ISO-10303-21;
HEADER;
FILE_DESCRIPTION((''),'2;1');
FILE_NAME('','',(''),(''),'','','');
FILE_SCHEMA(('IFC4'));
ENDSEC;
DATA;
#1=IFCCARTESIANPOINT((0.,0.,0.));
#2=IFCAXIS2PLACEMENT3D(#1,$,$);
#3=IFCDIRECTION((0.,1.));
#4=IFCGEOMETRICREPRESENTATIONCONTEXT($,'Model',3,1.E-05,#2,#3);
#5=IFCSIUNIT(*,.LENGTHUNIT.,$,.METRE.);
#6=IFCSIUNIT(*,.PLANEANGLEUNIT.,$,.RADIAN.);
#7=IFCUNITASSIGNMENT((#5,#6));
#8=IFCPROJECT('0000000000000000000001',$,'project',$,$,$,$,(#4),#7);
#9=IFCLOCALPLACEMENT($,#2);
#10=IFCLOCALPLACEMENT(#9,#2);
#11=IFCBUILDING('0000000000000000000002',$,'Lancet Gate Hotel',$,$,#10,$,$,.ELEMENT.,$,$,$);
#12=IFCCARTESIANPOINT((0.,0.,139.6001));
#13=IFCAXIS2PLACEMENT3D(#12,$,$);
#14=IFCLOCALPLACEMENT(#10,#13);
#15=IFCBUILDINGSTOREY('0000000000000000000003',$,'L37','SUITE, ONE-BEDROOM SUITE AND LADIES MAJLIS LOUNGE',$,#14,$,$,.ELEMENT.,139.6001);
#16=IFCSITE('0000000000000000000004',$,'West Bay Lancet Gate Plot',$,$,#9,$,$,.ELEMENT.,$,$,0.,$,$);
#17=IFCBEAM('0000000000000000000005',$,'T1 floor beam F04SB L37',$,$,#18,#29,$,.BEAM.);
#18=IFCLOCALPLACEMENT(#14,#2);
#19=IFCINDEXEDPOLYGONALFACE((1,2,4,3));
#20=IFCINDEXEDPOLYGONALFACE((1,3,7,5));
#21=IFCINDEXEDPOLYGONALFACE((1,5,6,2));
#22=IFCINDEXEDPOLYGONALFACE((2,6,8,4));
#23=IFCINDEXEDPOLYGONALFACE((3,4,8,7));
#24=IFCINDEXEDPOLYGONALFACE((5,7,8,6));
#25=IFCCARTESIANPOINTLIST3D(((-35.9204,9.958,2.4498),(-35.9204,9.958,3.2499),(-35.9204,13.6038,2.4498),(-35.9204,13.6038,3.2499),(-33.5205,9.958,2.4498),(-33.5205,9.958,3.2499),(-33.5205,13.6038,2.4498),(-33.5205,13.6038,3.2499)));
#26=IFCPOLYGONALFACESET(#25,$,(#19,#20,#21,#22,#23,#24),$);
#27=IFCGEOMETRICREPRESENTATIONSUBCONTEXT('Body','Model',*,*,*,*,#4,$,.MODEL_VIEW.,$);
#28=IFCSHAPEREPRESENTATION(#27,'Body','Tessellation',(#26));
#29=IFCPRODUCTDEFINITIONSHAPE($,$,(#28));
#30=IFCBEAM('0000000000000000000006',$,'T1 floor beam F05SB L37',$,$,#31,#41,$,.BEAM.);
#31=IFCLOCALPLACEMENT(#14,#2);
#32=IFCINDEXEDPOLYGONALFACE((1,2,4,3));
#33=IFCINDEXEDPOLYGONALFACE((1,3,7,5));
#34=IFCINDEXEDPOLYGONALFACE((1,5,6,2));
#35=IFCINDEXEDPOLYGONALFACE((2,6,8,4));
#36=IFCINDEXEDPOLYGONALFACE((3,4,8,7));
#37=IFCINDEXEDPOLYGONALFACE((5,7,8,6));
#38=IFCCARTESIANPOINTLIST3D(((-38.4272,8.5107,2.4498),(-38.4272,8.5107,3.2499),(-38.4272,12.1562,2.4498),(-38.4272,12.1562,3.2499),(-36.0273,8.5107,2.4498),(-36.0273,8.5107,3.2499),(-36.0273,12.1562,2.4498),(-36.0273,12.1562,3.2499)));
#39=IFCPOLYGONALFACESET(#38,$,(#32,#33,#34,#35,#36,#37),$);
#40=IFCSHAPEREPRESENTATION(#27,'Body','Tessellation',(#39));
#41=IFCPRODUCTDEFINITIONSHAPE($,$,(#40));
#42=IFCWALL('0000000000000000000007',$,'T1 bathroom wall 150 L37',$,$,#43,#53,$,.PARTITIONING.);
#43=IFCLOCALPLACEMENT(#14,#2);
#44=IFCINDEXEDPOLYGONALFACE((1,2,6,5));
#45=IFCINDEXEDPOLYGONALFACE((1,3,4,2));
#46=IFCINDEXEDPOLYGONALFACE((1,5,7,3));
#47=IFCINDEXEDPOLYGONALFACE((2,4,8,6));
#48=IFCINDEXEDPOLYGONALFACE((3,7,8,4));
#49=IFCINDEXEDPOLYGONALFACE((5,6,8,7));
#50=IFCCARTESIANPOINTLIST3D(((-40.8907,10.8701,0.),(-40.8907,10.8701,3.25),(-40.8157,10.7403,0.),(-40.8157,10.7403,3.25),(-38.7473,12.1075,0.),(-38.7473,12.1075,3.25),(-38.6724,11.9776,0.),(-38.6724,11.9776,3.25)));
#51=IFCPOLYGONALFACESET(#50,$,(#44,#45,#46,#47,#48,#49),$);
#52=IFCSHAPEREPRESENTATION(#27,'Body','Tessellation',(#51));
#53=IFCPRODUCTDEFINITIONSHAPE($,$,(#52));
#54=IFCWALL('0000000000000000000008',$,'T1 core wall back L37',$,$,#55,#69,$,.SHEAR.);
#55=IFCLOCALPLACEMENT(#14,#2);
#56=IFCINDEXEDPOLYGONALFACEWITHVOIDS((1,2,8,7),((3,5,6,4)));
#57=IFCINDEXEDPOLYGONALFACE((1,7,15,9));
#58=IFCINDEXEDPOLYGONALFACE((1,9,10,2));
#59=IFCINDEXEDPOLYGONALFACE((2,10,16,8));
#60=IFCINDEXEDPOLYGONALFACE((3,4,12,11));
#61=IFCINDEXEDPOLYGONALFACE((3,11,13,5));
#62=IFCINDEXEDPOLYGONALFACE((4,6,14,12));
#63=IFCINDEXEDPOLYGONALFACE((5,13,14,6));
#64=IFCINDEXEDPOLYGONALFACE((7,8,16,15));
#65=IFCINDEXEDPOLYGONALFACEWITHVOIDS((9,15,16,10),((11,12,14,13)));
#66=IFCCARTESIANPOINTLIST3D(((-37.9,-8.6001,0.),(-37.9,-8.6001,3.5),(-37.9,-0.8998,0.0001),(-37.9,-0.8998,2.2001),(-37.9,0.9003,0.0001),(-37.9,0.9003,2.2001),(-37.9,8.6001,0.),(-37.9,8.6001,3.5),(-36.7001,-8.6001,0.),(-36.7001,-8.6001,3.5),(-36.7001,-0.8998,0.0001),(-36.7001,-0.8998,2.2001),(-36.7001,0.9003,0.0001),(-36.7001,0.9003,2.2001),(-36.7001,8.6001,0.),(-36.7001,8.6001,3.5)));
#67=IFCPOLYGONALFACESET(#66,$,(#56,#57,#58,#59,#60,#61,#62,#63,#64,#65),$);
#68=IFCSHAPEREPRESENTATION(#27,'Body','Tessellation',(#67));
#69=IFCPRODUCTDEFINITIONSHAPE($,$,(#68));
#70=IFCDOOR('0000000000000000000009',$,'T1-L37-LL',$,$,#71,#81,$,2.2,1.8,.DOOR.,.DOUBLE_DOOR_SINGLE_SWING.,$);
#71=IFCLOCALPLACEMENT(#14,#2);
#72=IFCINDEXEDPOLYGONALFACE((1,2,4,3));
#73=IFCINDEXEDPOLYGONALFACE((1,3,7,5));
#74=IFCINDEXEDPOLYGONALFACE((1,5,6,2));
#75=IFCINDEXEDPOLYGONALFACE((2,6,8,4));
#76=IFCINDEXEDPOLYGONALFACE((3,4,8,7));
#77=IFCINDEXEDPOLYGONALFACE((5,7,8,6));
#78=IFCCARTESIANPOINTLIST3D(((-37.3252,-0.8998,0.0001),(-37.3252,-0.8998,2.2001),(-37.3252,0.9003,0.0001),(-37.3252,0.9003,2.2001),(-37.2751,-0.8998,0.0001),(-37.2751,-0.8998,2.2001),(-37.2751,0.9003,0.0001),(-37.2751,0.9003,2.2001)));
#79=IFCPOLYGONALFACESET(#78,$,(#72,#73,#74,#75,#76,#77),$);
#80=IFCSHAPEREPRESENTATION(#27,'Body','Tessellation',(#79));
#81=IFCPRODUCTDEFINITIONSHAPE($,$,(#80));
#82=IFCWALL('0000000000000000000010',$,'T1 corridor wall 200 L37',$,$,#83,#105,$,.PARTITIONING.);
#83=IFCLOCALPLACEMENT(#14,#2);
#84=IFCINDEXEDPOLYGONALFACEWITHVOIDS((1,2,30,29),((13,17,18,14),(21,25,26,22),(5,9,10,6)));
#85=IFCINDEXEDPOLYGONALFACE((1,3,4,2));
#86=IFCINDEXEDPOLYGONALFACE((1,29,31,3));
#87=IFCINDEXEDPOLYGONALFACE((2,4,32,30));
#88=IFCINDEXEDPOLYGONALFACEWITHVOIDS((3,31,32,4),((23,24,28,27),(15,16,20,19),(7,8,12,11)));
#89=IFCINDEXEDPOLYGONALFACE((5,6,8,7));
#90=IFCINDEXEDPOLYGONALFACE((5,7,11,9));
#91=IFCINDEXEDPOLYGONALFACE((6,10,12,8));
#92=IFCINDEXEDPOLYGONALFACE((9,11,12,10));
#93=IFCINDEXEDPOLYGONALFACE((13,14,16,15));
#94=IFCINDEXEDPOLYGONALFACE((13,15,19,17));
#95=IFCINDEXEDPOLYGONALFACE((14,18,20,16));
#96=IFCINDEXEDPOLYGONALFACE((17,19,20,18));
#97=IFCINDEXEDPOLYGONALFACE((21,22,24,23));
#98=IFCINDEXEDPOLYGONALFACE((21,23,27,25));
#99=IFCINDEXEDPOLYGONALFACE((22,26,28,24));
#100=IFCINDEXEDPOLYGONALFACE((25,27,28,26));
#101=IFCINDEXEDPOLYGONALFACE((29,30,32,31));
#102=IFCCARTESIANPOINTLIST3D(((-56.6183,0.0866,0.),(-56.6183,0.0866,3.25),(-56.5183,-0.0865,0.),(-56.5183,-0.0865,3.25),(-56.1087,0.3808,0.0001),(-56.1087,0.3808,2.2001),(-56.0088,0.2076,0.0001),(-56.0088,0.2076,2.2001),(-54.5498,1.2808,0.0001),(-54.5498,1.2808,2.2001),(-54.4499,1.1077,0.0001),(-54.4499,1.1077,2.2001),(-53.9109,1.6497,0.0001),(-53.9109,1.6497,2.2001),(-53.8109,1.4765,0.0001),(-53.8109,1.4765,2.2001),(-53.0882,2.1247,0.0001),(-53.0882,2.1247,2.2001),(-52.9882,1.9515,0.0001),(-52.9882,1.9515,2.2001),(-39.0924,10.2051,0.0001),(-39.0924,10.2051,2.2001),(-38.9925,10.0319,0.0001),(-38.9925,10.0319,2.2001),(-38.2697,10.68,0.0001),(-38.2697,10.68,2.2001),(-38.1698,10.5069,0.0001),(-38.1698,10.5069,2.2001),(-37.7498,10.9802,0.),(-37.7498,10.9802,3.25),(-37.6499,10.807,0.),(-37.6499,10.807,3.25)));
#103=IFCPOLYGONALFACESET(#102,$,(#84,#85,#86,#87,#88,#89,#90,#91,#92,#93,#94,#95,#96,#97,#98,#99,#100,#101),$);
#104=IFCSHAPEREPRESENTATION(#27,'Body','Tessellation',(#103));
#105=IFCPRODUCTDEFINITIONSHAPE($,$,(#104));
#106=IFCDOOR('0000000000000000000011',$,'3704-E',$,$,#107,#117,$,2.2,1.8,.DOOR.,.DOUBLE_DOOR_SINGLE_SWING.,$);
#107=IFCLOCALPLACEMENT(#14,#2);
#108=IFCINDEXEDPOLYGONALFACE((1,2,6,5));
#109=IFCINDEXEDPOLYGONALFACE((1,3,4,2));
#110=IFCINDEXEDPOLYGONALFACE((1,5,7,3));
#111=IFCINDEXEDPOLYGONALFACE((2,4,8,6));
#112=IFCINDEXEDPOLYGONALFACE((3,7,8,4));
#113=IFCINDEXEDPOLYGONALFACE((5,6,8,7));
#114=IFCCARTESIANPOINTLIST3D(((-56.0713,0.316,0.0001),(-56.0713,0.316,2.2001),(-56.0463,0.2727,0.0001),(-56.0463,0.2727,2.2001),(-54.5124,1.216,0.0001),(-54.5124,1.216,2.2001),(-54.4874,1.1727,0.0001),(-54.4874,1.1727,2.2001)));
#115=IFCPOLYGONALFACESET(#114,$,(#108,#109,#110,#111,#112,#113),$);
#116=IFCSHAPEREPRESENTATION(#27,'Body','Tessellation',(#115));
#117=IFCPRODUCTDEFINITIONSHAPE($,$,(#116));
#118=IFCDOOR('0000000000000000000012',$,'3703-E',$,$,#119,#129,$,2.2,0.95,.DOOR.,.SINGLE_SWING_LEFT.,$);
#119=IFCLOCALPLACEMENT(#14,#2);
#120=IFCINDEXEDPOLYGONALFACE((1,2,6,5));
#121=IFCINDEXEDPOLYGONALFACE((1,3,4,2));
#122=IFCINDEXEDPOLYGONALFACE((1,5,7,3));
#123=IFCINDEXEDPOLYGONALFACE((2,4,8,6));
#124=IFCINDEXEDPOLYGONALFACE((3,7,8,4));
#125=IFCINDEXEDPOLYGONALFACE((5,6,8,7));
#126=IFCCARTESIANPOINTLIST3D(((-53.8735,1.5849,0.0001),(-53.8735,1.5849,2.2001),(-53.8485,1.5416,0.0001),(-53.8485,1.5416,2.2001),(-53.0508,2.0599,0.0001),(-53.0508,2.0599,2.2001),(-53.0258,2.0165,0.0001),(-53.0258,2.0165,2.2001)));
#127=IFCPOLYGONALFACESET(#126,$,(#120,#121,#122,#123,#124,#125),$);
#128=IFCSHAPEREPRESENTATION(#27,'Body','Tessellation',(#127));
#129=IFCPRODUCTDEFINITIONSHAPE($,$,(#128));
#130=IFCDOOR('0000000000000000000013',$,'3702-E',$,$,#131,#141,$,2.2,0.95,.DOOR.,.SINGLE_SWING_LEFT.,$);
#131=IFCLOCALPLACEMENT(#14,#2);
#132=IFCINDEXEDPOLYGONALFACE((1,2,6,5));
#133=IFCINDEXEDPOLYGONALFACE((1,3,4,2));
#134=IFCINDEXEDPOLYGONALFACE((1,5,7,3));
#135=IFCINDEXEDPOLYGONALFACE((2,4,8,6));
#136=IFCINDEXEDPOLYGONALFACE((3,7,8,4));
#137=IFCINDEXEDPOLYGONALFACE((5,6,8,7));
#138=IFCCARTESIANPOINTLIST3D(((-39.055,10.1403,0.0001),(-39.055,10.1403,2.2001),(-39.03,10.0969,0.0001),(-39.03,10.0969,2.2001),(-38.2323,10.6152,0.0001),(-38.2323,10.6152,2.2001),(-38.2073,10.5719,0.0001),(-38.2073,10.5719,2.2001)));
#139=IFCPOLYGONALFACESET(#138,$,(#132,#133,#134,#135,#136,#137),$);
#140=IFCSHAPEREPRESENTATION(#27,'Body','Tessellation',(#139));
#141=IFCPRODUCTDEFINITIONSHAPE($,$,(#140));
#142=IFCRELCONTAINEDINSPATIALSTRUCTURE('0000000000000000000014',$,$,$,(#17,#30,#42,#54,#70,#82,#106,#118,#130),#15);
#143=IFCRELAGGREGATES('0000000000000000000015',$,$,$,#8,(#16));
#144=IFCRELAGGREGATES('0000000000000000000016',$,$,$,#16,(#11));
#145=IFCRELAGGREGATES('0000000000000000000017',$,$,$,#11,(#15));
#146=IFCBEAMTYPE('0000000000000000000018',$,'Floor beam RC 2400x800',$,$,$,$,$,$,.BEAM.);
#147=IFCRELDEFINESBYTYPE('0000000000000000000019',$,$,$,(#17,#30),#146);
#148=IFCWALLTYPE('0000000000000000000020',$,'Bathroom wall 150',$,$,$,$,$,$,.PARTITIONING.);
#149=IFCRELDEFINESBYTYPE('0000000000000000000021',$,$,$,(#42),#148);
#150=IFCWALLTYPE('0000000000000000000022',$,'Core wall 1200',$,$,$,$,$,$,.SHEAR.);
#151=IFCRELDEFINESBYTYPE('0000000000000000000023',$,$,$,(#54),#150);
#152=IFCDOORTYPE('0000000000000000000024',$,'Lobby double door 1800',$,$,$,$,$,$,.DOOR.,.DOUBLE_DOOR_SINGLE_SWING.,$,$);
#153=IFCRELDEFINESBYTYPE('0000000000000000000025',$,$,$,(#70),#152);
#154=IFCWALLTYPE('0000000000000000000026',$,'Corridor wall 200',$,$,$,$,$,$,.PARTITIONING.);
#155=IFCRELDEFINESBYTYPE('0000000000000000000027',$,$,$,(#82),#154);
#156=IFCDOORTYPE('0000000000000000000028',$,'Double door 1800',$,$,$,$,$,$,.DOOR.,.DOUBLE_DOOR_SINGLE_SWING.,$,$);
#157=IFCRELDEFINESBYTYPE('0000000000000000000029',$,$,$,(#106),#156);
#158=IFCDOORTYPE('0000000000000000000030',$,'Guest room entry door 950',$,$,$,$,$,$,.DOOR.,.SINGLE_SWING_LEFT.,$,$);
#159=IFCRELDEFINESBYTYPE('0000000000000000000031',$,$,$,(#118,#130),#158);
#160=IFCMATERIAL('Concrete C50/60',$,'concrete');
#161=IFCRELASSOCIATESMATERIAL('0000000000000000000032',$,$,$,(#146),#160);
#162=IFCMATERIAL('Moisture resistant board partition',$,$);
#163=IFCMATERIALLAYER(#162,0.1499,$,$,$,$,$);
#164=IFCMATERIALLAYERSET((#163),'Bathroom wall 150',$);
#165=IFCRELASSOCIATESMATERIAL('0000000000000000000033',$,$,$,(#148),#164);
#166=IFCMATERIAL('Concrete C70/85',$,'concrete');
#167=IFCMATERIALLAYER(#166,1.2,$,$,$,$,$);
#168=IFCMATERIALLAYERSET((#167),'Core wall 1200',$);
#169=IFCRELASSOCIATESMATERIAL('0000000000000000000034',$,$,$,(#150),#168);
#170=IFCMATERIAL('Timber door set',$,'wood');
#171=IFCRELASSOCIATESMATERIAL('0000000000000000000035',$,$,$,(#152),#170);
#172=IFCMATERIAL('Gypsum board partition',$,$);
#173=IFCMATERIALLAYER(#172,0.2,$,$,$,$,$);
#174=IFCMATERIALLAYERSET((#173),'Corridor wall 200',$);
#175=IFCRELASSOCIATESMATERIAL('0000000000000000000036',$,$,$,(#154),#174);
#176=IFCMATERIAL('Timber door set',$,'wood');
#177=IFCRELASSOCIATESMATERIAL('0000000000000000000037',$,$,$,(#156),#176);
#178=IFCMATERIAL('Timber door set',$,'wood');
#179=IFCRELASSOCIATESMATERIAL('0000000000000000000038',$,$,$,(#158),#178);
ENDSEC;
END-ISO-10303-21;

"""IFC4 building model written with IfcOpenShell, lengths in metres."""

from ifc_helpers import new_model, si_unit, direction, frame, frame_2d, origin, origin_2d, place, context, subcontext, project, spatial, rectangle, extrude, material, layer, layer_set, material_profile, profile_set, type_object, element, fill, save


model = new_model("IFC4")

# Units and contexts
model_context = context("Model", 3, precision=1e-05, world=origin(), true_north=direction((0.0, 1.0)))
body_context = subcontext(model_context, "Body", "Model", "MODEL_VIEW")
ifc_project = project(units=[si_unit("LENGTHUNIT", "METRE"), si_unit("PLANEANGLEUNIT", "RADIAN")], contexts=[model_context])

# Site, building, storey
site_placement = place(None, origin())
site = spatial("IfcSite", under=ifc_project, at=site_placement, Name="West Bay Lancet Gate Plot", CompositionType="ELEMENT", RefElevation=0.0)
building_placement = place(site_placement, origin())
building = spatial("IfcBuilding", under=site, at=building_placement, Name="Lancet Gate Hotel", CompositionType="ELEMENT")
storey_placement = place(building_placement, frame((0.0, 0.0, 139.6001)))
storey = spatial("IfcBuildingStorey", under=building, at=storey_placement, Name="L37", Description="SUITE, ONE-BEDROOM SUITE AND LADIES MAJLIS LOUNGE", CompositionType="ELEMENT", Elevation=139.6001)

# Beams
ifc_material_1 = material(Name="Concrete C50/60", Category="concrete")
ifc_material_profile = material_profile(ifc_material_1, rectangle(XDim=2.3999, YDim=0.8, at=origin_2d()), Name="RC 2400x800")
ifc_profile_set = profile_set([ifc_material_profile], Name="Concrete C50/60")
beam_type = type_object("IfcBeamType", Name="Floor beam RC 2400x800", PredefinedType="BEAM", material=ifc_profile_set)
beam_1_placement = place(storey_placement, frame((-34.7205, 13.6038, 2.8499), z_axis=(0.0, -1.0, 0.0), x_axis=(1.0, 0.0, 0.0)))
element("IfcBeam", 1, at=beam_1_placement, inside=storey, type_object=beam_type, Name="T1 floor beam F04SB L37", PredefinedType="BEAM", context=body_context, shape_type="SweptSolid", body=[
    extrude(rectangle(XDim=2.3999, YDim=0.8, at=origin_2d()), origin(), (0.0, 0.0, 1.0), 3.6458),
])
beam_2_placement = place(storey_placement, frame((-37.2273, 12.1562, 2.8499), z_axis=(0.0, -1.0, 0.0), x_axis=(1.0, 0.0, 0.0)))
element("IfcBeam", 2, at=beam_2_placement, inside=storey, type_object=beam_type, Name="T1 floor beam F05SB L37", PredefinedType="BEAM", context=body_context, shape_type="SweptSolid", body=[
    extrude(rectangle(XDim=2.3999, YDim=0.8, at=origin_2d()), origin(), (0.0, 0.0, 1.0), 3.6455),
])

# Wall
ifc_material_2 = material(Name="Moisture resistant board partition")
ifc_layer_1 = layer(ifc_material_2, 0.1499)
ifc_layer_set_1 = layer_set([ifc_layer_1], Name="Bathroom wall 150")
wall_type_1 = type_object("IfcWallType", Name="Bathroom wall 150", PredefinedType="PARTITIONING", material=ifc_layer_set_1)
wall_1_placement = place(storey_placement, frame((-38.71, 12.0425, 0.0), z_axis=(0.0, 0.0, 1.0), x_axis=(-0.866049, -0.499959, 0.0)))
element("IfcWall", 3, at=wall_1_placement, inside=storey, type_object=wall_type_1, Name="T1 bathroom wall 150 L37", PredefinedType="PARTITIONING", context=body_context, shape_type="SweptSolid", body=[
    extrude(rectangle(XDim=2.4749, YDim=0.1499, at=frame_2d((1.2373, 0.0))), origin(), (0.0, 0.0, 1.0), 3.25),
])

# Wall, opening, door
ifc_material_3 = material(Name="Concrete C70/85", Category="concrete")
ifc_layer_2 = layer(ifc_material_3, 1.2)
ifc_layer_set_2 = layer_set([ifc_layer_2], Name="Core wall 1200")
wall_type_2 = type_object("IfcWallType", Name="Core wall 1200", PredefinedType="SHEAR", material=ifc_layer_set_2)
wall_2_placement = place(storey_placement, frame((-37.3, 8.6001, 0.0), z_axis=(0.0, 0.0, 1.0), x_axis=(0.0, -1.0, 0.0)))
wall_2 = element("IfcWall", 4, at=wall_2_placement, inside=storey, type_object=wall_type_2, Name="T1 core wall back L37", PredefinedType="SHEAR", context=body_context, shape_type="SweptSolid", body=[
    extrude(rectangle(XDim=17.2002, YDim=1.2, at=frame_2d((8.6001, 0.0))), origin(), (0.0, 0.0, 1.0), 3.5),
])
opening_1_placement = place(wall_2_placement, frame((7.7, 0.0, 0.0)))
opening_1 = element("IfcOpeningElement", 5, at=opening_1_placement, cuts=wall_2, PredefinedType="OPENING", context=body_context, shape_type="SweptSolid", body=[
    extrude(rectangle(XDim=1.8, YDim=2.2, at=frame_2d((0.8999, 1.1001))), frame((0.0, 0.6099, 0.0), z_axis=(0.0, -1.0, 0.0), x_axis=(1.0, 0.0, 0.0)), (0.0, 0.0, 1.0), 1.22),
])
ifc_material_4 = material(Name="Timber door set", Category="wood")
door_type_1 = type_object("IfcDoorType", Name="Lobby double door 1800", OperationType="DOUBLE_DOOR_SINGLE_SWING", PredefinedType="DOOR", material=ifc_material_4)
door_1_placement = place(opening_1_placement, origin())
door_1 = element("IfcDoor", 6, at=door_1_placement, inside=storey, type_object=door_type_1, Name="T1-L37-LL", OperationType="DOUBLE_DOOR_SINGLE_SWING", OverallHeight=2.2, OverallWidth=1.8, PredefinedType="DOOR", context=body_context, shape_type="SweptSolid", body=[
    extrude(rectangle(XDim=1.8, YDim=2.2, at=frame_2d((0.8999, 1.1001))), frame((0.0, 0.0249, 0.0), z_axis=(0.0, -1.0, 0.0), x_axis=(1.0, 0.0, 0.0)), (0.0, 0.0, 1.0), 0.05),
])
fill(opening_1, door_1)

# Wall, openings, doors
ifc_material_5 = material(Name="Gypsum board partition")
ifc_layer_3 = layer(ifc_material_5, 0.2)
ifc_layer_set_3 = layer_set([ifc_layer_3], Name="Corridor wall 200")
wall_type_3 = type_object("IfcWallType", Name="Corridor wall 200", PredefinedType="PARTITIONING", material=ifc_layer_set_3)
wall_3_placement = place(storey_placement, frame((-37.7, 10.8936, 0.0), z_axis=(0.0, 0.0, 1.0), x_axis=(-0.866028, -0.499996, 0.0)))
wall_3 = element("IfcWall", 7, at=wall_3_placement, inside=storey, type_object=wall_type_3, Name="T1 corridor wall 200 L37", PredefinedType="PARTITIONING", context=body_context, shape_type="SweptSolid", body=[
    extrude(rectangle(XDim=21.7874, YDim=0.2, at=frame_2d((10.8936, 0.0))), origin(), (0.0, 0.0, 1.0), 3.25),
])
opening_2_placement = place(wall_3_placement, frame((17.7109, 0.0, 0.0)))
opening_2 = element("IfcOpeningElement", 8, at=opening_2_placement, cuts=wall_3, PredefinedType="OPENING", context=body_context, shape_type="SweptSolid", body=[
    extrude(rectangle(XDim=0.95, YDim=2.2, at=frame_2d((0.4751, 1.1001))), frame((0.0, 0.1099, 0.0), z_axis=(0.0, -1.0, 0.0), x_axis=(1.0, 0.0, 0.0)), (0.0, 0.0, 1.0), 0.22),
])
opening_3_placement = place(wall_3_placement, frame((19.3989, 0.0, 0.0)))
opening_3 = element("IfcOpeningElement", 9, at=opening_3_placement, cuts=wall_3, PredefinedType="OPENING", context=body_context, shape_type="SweptSolid", body=[
    extrude(rectangle(XDim=1.8, YDim=2.2, at=frame_2d((0.8999, 1.1001))), frame((0.0, 0.1099, 0.0), z_axis=(0.0, -1.0, 0.0), x_axis=(1.0, 0.0, 0.0)), (0.0, 0.0, 1.0), 0.22),
])
opening_4_placement = place(wall_3_placement, frame((0.6001, 0.0, 0.0)))
opening_4 = element("IfcOpeningElement", 10, at=opening_4_placement, cuts=wall_3, PredefinedType="OPENING", context=body_context, shape_type="SweptSolid", body=[
    extrude(rectangle(XDim=0.95, YDim=2.2, at=frame_2d((0.4751, 1.1001))), frame((0.0, 0.1099, 0.0), z_axis=(0.0, -1.0, 0.0), x_axis=(1.0, 0.0, 0.0)), (0.0, 0.0, 1.0), 0.22),
])
ifc_material_6 = material(Name="Timber door set", Category="wood")
door_type_2 = type_object("IfcDoorType", Name="Double door 1800", OperationType="DOUBLE_DOOR_SINGLE_SWING", PredefinedType="DOOR", material=ifc_material_6)
door_2_placement = place(opening_3_placement, origin())
door_2 = element("IfcDoor", 11, at=door_2_placement, inside=storey, type_object=door_type_2, Name="3704-E", OperationType="DOUBLE_DOOR_SINGLE_SWING", OverallHeight=2.2, OverallWidth=1.8, PredefinedType="DOOR", context=body_context, shape_type="SweptSolid", body=[
    extrude(rectangle(XDim=1.8, YDim=2.2, at=frame_2d((0.8999, 1.1001))), frame((0.0, 0.0249, 0.0), z_axis=(0.0, -1.0, 0.0), x_axis=(1.0, 0.0, 0.0)), (0.0, 0.0, 1.0), 0.05),
])
fill(opening_3, door_2)
ifc_material_7 = material(Name="Timber door set", Category="wood")
door_type_3 = type_object("IfcDoorType", Name="Guest room entry door 950", OperationType="SINGLE_SWING_LEFT", PredefinedType="DOOR", material=ifc_material_7)
door_3_placement = place(opening_2_placement, origin())
door_3 = element("IfcDoor", 12, at=door_3_placement, inside=storey, type_object=door_type_3, Name="3703-E", OperationType="SINGLE_SWING_LEFT", OverallHeight=2.2, OverallWidth=0.95, PredefinedType="DOOR", context=body_context, shape_type="SweptSolid", body=[
    extrude(rectangle(XDim=0.95, YDim=2.2, at=frame_2d((0.4751, 1.1001))), frame((0.0, 0.0249, 0.0), z_axis=(0.0, -1.0, 0.0), x_axis=(1.0, 0.0, 0.0)), (0.0, 0.0, 1.0), 0.05),
])
fill(opening_2, door_3)
door_4_placement = place(opening_4_placement, origin())
door_4 = element("IfcDoor", 13, at=door_4_placement, inside=storey, type_object=door_type_3, Name="3702-E", OperationType="SINGLE_SWING_LEFT", OverallHeight=2.2, OverallWidth=0.95, PredefinedType="DOOR", context=body_context, shape_type="SweptSolid", body=[
    extrude(rectangle(XDim=0.95, YDim=2.2, at=frame_2d((0.4751, 1.1001))), frame((0.0, 0.0249, 0.0), z_axis=(0.0, -1.0, 0.0), x_axis=(1.0, 0.0, 0.0)), (0.0, 0.0, 1.0), 0.05),
])
fill(opening_4, door_4)

save(model, "model.ifc")
